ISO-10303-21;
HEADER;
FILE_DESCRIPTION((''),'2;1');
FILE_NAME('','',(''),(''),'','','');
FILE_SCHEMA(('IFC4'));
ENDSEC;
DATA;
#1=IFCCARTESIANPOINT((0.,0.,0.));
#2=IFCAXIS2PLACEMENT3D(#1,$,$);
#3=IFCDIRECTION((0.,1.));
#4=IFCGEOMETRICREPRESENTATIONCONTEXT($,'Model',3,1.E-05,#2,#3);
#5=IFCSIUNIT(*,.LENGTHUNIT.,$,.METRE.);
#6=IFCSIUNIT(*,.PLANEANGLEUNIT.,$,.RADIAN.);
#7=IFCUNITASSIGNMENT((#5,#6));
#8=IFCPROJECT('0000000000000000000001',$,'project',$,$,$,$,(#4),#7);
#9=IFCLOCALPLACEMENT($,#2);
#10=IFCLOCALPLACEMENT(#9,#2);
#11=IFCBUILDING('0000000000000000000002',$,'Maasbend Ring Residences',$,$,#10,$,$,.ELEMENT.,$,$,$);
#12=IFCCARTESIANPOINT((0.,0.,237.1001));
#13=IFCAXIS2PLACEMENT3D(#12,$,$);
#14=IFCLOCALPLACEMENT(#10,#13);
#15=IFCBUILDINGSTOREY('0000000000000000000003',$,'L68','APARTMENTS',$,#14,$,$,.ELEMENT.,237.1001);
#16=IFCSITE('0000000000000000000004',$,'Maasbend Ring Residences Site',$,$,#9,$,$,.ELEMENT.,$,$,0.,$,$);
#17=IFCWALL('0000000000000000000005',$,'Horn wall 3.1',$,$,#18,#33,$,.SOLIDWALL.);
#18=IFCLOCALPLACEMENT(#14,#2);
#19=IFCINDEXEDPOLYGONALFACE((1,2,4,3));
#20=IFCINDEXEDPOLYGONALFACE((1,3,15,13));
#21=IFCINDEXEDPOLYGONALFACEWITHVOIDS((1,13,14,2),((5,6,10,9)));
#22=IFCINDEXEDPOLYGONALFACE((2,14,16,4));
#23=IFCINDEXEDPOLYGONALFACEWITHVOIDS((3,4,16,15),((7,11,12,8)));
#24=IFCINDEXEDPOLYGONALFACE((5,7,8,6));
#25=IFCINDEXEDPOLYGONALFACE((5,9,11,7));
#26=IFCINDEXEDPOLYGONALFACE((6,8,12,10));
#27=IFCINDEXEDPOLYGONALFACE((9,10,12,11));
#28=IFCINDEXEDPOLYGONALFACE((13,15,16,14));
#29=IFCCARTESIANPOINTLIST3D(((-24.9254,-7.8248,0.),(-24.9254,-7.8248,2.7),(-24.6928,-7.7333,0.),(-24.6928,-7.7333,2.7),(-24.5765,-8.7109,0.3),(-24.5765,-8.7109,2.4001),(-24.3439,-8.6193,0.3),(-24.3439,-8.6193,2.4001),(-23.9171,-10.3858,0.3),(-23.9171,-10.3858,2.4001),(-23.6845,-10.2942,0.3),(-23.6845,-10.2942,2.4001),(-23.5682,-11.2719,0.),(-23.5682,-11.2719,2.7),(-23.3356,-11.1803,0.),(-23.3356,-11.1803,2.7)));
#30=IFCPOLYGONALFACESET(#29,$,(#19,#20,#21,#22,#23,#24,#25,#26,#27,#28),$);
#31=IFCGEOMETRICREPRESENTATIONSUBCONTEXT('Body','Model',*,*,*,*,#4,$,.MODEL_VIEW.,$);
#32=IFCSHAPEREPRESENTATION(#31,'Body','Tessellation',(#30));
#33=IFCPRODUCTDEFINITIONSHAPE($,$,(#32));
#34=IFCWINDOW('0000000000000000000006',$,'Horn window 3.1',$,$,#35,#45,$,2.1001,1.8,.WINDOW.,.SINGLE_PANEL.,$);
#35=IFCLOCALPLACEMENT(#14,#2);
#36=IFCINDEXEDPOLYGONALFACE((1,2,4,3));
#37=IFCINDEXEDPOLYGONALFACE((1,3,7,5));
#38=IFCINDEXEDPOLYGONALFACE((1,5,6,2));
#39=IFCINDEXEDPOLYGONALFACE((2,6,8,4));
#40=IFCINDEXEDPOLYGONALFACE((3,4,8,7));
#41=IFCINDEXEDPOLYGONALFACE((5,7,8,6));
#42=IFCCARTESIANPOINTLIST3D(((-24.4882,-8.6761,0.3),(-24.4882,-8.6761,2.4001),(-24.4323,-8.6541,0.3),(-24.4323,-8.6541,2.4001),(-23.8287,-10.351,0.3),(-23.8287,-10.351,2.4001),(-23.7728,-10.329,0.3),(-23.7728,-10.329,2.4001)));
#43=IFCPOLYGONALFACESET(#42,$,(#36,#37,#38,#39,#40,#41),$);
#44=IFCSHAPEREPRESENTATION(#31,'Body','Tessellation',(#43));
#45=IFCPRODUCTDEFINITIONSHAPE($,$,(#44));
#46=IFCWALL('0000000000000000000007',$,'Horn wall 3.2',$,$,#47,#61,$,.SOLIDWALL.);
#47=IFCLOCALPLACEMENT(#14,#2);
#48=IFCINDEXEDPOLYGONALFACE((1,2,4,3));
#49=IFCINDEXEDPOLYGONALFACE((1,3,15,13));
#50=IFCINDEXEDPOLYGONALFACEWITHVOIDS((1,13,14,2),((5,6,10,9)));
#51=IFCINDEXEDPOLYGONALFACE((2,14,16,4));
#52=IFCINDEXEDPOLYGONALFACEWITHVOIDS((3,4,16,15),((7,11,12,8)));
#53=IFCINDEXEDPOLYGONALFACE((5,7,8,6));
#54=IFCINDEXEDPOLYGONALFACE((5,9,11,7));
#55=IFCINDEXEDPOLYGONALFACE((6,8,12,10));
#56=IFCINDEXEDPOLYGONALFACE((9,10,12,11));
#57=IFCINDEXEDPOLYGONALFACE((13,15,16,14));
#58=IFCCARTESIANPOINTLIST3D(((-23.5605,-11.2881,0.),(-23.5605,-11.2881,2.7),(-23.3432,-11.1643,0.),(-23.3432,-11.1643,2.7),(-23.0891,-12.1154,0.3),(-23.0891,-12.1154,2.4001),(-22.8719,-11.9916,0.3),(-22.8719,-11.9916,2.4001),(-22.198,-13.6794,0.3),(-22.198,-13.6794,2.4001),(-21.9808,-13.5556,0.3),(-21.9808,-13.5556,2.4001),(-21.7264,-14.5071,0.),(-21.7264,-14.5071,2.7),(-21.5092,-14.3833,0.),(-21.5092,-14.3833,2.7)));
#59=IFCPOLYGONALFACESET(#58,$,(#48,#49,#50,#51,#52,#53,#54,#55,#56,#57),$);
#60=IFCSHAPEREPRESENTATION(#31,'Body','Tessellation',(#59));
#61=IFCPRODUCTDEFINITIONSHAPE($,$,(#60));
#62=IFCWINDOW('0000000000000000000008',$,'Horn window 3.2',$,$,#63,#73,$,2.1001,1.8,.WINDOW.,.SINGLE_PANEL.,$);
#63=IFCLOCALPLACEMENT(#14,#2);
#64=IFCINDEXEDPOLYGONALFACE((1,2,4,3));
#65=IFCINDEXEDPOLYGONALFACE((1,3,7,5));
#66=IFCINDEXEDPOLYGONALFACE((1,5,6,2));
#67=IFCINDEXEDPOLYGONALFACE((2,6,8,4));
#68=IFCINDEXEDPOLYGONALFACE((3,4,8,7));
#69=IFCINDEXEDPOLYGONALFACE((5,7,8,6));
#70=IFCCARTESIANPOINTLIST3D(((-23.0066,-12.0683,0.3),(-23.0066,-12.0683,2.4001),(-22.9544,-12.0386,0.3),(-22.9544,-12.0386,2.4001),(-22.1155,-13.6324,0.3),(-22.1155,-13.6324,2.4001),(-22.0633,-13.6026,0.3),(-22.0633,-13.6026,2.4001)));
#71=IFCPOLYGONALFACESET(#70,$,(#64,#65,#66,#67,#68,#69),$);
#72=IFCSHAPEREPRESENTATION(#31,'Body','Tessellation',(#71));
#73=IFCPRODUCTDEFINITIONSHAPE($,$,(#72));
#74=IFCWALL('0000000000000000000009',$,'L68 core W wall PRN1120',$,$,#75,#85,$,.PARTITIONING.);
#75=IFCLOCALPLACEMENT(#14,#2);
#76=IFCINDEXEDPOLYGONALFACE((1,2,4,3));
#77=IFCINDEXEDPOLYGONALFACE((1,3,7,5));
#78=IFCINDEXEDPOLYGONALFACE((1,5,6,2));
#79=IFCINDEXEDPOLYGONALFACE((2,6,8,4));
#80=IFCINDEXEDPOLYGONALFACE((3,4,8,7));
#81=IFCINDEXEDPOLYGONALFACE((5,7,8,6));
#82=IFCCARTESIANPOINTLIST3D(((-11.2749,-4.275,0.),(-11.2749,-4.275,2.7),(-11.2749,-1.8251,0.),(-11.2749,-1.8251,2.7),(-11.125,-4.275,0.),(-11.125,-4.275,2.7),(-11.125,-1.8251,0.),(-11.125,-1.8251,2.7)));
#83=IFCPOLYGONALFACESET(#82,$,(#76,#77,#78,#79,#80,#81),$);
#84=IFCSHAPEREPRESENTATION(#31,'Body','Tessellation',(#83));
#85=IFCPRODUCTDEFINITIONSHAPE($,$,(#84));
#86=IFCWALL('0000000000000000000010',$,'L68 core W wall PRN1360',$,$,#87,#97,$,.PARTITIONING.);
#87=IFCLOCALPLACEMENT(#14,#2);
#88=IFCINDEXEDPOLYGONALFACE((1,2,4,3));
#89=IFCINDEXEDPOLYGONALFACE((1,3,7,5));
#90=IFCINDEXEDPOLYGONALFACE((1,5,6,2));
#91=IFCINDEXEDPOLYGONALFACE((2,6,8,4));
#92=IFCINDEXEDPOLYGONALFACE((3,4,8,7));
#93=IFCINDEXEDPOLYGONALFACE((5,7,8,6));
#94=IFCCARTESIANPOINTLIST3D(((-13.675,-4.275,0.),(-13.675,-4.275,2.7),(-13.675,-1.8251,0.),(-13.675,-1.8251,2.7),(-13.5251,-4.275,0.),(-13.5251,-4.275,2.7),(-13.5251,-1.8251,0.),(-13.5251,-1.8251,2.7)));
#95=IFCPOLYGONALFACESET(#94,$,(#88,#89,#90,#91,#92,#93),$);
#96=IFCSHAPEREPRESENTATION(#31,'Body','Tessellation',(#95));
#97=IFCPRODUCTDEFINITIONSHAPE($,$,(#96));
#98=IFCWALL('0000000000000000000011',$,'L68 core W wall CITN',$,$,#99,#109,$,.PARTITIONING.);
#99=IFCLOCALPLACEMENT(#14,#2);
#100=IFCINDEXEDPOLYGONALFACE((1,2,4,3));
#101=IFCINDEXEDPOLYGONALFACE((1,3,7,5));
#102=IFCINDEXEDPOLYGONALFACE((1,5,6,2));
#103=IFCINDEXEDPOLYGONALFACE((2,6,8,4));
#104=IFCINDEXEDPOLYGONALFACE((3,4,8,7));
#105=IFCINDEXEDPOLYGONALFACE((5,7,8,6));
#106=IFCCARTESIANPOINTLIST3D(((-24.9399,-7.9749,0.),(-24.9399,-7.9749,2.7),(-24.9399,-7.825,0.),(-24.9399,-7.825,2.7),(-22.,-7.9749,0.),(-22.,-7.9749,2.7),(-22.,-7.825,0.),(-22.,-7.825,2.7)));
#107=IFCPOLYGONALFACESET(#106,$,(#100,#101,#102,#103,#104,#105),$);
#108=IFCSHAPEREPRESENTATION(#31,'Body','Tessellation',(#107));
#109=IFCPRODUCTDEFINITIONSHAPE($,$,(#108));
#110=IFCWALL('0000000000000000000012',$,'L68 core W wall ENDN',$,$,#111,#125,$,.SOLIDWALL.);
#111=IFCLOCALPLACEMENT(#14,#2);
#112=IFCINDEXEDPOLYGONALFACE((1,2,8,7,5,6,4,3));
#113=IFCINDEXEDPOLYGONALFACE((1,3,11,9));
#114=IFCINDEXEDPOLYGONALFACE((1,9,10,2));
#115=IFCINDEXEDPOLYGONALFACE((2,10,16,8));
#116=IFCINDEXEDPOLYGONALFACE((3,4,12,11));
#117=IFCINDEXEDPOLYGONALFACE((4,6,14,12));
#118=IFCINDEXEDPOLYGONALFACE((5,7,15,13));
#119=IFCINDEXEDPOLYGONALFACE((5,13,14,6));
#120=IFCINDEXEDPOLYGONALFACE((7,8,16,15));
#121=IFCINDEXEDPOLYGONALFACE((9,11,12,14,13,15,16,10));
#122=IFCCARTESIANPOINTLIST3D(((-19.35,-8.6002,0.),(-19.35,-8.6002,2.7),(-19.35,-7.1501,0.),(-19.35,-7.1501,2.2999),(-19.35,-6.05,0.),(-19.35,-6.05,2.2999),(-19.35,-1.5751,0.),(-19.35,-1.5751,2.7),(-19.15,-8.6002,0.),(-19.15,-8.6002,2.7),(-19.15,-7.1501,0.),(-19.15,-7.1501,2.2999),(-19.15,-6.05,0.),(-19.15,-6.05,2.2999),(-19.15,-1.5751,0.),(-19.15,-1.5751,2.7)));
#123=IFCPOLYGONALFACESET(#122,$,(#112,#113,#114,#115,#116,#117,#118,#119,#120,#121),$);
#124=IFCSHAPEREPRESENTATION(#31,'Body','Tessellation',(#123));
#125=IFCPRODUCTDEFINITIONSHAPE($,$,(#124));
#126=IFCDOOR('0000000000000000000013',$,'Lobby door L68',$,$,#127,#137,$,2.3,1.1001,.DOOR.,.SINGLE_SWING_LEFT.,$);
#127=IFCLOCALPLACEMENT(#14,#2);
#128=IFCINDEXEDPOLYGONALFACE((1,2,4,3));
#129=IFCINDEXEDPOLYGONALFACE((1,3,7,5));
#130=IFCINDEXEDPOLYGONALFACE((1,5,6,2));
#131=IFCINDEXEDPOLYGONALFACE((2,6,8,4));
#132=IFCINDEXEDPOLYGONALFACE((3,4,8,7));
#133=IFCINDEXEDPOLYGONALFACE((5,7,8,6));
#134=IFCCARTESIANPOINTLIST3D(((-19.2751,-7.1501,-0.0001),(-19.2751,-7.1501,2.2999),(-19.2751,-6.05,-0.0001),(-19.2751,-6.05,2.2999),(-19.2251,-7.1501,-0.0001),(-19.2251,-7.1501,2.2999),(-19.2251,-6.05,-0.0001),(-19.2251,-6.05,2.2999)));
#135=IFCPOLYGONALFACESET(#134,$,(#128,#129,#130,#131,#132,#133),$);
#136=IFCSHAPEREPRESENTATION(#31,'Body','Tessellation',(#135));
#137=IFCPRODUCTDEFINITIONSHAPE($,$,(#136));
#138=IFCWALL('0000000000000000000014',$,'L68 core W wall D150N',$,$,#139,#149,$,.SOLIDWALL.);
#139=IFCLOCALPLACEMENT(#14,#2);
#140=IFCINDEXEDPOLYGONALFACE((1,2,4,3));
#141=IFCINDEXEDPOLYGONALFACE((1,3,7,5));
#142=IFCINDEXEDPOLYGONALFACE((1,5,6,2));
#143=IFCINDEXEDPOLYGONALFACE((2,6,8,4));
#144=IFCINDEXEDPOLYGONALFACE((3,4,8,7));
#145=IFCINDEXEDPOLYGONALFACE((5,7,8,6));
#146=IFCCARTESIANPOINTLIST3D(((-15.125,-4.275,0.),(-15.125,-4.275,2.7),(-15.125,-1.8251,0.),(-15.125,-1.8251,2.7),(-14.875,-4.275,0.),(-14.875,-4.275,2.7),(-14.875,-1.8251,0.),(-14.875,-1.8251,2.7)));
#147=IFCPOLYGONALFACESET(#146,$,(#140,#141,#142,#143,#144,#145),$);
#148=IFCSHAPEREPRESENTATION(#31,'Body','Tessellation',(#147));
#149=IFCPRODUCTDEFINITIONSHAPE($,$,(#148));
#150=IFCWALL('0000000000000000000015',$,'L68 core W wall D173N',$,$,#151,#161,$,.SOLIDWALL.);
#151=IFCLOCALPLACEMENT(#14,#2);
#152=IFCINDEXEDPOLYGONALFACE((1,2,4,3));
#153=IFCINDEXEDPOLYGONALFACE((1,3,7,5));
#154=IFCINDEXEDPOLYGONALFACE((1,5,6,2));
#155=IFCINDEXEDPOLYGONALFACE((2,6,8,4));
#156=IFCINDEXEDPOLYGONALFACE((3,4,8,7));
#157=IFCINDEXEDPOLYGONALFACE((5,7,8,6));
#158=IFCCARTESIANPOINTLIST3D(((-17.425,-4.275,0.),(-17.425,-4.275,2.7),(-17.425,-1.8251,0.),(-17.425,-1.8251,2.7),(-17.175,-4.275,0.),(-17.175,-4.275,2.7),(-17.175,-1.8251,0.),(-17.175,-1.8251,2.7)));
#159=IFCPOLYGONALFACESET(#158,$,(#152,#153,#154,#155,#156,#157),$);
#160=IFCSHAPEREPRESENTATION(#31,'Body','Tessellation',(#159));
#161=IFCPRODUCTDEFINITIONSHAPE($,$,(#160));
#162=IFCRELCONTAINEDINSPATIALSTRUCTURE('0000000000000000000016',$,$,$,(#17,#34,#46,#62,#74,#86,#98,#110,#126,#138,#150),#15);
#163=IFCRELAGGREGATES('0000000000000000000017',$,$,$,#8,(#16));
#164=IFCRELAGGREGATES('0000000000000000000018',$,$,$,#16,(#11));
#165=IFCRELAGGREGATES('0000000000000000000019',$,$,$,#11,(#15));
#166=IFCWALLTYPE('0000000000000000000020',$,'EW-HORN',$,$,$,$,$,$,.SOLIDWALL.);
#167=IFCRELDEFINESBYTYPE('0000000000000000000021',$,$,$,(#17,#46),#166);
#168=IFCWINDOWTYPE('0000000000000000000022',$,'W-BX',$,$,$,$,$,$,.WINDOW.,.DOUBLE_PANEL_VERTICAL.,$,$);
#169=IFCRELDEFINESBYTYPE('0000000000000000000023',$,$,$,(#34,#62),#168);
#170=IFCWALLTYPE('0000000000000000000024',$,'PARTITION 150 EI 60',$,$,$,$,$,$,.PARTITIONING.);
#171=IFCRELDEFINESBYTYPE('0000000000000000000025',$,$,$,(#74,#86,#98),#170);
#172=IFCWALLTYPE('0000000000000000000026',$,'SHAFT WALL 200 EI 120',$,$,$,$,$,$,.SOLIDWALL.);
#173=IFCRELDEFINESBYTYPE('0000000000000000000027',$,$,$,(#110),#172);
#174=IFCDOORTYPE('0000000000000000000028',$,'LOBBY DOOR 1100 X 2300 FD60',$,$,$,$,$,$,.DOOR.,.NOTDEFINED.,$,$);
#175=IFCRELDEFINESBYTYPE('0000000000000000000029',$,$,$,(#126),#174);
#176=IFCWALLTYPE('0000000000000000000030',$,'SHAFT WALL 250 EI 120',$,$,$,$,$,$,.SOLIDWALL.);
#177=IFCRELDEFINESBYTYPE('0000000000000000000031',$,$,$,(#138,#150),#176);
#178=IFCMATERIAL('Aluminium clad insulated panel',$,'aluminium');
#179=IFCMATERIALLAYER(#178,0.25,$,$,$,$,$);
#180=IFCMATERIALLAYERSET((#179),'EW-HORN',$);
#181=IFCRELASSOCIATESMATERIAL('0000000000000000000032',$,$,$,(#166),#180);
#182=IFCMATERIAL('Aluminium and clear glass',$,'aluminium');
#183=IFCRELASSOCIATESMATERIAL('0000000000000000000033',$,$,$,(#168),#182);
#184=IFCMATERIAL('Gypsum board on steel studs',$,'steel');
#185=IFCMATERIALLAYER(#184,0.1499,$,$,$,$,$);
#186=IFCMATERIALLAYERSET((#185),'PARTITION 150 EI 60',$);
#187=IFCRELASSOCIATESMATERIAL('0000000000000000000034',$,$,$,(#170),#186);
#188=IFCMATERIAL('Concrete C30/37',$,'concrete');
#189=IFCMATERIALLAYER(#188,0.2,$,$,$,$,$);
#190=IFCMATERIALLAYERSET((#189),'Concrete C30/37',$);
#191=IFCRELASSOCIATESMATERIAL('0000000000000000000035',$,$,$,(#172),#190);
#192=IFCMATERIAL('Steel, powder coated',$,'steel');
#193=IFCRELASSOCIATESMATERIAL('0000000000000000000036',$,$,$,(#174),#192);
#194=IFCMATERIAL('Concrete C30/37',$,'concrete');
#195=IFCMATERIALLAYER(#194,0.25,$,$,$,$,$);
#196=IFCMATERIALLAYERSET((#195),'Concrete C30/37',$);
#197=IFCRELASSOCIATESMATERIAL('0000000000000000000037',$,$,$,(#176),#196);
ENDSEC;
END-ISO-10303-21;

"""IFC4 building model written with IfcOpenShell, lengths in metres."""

from ifc_helpers import new_model, si_unit, direction, frame, frame_2d, origin, place, context, subcontext, project, spatial, rectangle, extrude, material, layer, layer_set, type_object, element, fill, save


model = new_model("IFC4")

# Units and contexts
model_context = context("Model", 3, precision=1e-05, world=origin(), true_north=direction((0.0, 1.0)))
body_context = subcontext(model_context, "Body", "Model", "MODEL_VIEW")
ifc_project = project(units=[si_unit("LENGTHUNIT", "METRE"), si_unit("PLANEANGLEUNIT", "RADIAN")], contexts=[model_context])

# Site, building, storey
site_placement = place(None, origin())
site = spatial("IfcSite", under=ifc_project, at=site_placement, Name="Maasbend Ring Residences Site", CompositionType="ELEMENT", RefElevation=0.0)
building_placement = place(site_placement, origin())
building = spatial("IfcBuilding", under=site, at=building_placement, Name="Maasbend Ring Residences", CompositionType="ELEMENT")
storey_placement = place(building_placement, frame((0.0, 0.0, 237.1001)))
storey = spatial("IfcBuildingStorey", under=building, at=storey_placement, Name="L68", Description="APARTMENTS", CompositionType="ELEMENT", Elevation=237.1001)

# Walls, openings, windows
ifc_material_1 = material(Name="Aluminium clad insulated panel", Category="aluminium")
ifc_layer_1 = layer(ifc_material_1, 0.25)
ifc_layer_set_1 = layer_set([ifc_layer_1], Name="EW-HORN")
wall_type_1 = type_object("IfcWallType", Name="EW-HORN", PredefinedType="SOLIDWALL", material=ifc_layer_set_1)
wall_1_placement = place(storey_placement, frame((-24.8091, -7.7791, 0.0), z_axis=(0.0, 0.0, 1.0), x_axis=(0.366352, -0.930476, 0.0)))
wall_1 = element("IfcWall", 1, at=wall_1_placement, inside=storey, type_object=wall_type_1, Name="Horn wall 3.1", PredefinedType="SOLIDWALL", context=body_context, shape_type="SweptSolid", body=[
    extrude(rectangle(XDim=3.7046, YDim=0.25, at=frame_2d((1.8523, 0.0))), origin(), (0.0, 0.0, 1.0), 2.7),
])
opening_1_placement = place(wall_1_placement, frame((0.9524, 0.0, 0.3)))
opening_1 = element("IfcOpeningElement", 2, at=opening_1_placement, cuts=wall_1, PredefinedType="OPENING", context=body_context, shape_type="SweptSolid", body=[
    extrude(rectangle(XDim=1.8, YDim=2.1001, at=frame_2d((0.8999, 1.05))), frame((0.0, 0.135, 0.0), z_axis=(0.0, -1.0, 0.0), x_axis=(1.0, 0.0, 0.0)), (0.0, 0.0, 1.0), 0.27),
])
ifc_material_2 = material(Name="Aluminium and clear glass", Category="aluminium")
window_type = type_object("IfcWindowType", Name="W-BX", PartitioningType="DOUBLE_PANEL_VERTICAL", PredefinedType="WINDOW", material=ifc_material_2)
window_1_placement = place(opening_1_placement, origin())
window_1 = element("IfcWindow", 3, at=window_1_placement, inside=storey, type_object=window_type, Name="Horn window 3.1", OverallHeight=2.1001, OverallWidth=1.8, PartitioningType="SINGLE_PANEL", PredefinedType="WINDOW", context=body_context, shape_type="SweptSolid", body=[
    extrude(rectangle(XDim=1.8, YDim=2.1001, at=frame_2d((0.8999, 1.05))), frame((0.0, 0.03, 0.0), z_axis=(0.0, -1.0, 0.0), x_axis=(1.0, 0.0, 0.0)), (0.0, 0.0, 1.0), 0.0601),
])
fill(opening_1, window_1)
wall_2_placement = place(storey_placement, frame((-23.4519, -11.2261, 0.0), z_axis=(0.0, 0.0, 1.0), x_axis=(0.495031, -0.868875, 0.0)))
wall_2 = element("IfcWall", 4, at=wall_2_placement, inside=storey, type_object=wall_type_1, Name="Horn wall 3.2", PredefinedType="SOLIDWALL", context=body_context, shape_type="SweptSolid", body=[
    extrude(rectangle(XDim=3.7048, YDim=0.25, at=frame_2d((1.8525, 0.0))), origin(), (0.0, 0.0, 1.0), 2.7),
])
opening_2_placement = place(wall_2_placement, frame((0.9524, 0.0, 0.3)))
opening_2 = element("IfcOpeningElement", 5, at=opening_2_placement, cuts=wall_2, PredefinedType="OPENING", context=body_context, shape_type="SweptSolid", body=[
    extrude(rectangle(XDim=1.8, YDim=2.1001, at=frame_2d((0.8999, 1.05))), frame((0.0, 0.135, 0.0), z_axis=(0.0, -1.0, 0.0), x_axis=(1.0, 0.0, 0.0)), (0.0, 0.0, 1.0), 0.27),
])
window_2_placement = place(opening_2_placement, origin())
window_2 = element("IfcWindow", 6, at=window_2_placement, inside=storey, type_object=window_type, Name="Horn window 3.2", OverallHeight=2.1001, OverallWidth=1.8, PartitioningType="SINGLE_PANEL", PredefinedType="WINDOW", context=body_context, shape_type="SweptSolid", body=[
    extrude(rectangle(XDim=1.8, YDim=2.1001, at=frame_2d((0.8999, 1.05))), frame((0.0, 0.03, 0.0), z_axis=(0.0, -1.0, 0.0), x_axis=(1.0, 0.0, 0.0)), (0.0, 0.0, 1.0), 0.0601),
])
fill(opening_2, window_2)

# Walls
ifc_material_3 = material(Name="Gypsum board on steel studs", Category="steel")
ifc_layer_2 = layer(ifc_material_3, 0.1499)
ifc_layer_set_2 = layer_set([ifc_layer_2], Name="PARTITION 150 EI 60")
wall_type_2 = type_object("IfcWallType", Name="PARTITION 150 EI 60", PredefinedType="PARTITIONING", material=ifc_layer_set_2)
for number, where, z_axis, x_axis, name in (
    (7, (-11.2, -1.825, 0.0), (0.0, 0.0, 1.0), (0.0, -1.0, 0.0), "L68 core W wall PRN1120"),
    (8, (-13.6001, -1.825, 0.0), (0.0, 0.0, 1.0), (0.0, -1.0, 0.0), "L68 core W wall PRN1360"),
):
    element("IfcWall", number, at=place(storey_placement, frame(where, z_axis=z_axis, x_axis=x_axis)), inside=storey, type_object=wall_type_2, Name=name, PredefinedType="PARTITIONING", context=body_context, shape_type="SweptSolid", body=[
        extrude(rectangle(XDim=2.45, YDim=0.1499, at=frame_2d((1.2251, 0.0))), origin(), (0.0, 0.0, 1.0), 2.7),
    ])
wall_3_placement = place(storey_placement, frame((-22.0, -7.8999, 0.0), z_axis=(0.0, 0.0, 1.0), x_axis=(-1.0, 0.0, 0.0)))
element("IfcWall", 9, at=wall_3_placement, inside=storey, type_object=wall_type_2, Name="L68 core W wall CITN", PredefinedType="PARTITIONING", context=body_context, shape_type="SweptSolid", body=[
    extrude(rectangle(XDim=2.9399, YDim=0.1499, at=frame_2d((1.47, 0.0))), origin(), (0.0, 0.0, 1.0), 2.7),
])

# Wall, opening, door
ifc_material_4 = material(Name="Concrete C30/37", Category="concrete")
ifc_layer_3 = layer(ifc_material_4, 0.2)
ifc_layer_set_3 = layer_set([ifc_layer_3], Name="Concrete C30/37")
wall_type_3 = type_object("IfcWallType", Name="SHAFT WALL 200 EI 120", PredefinedType="SOLIDWALL", material=ifc_layer_set_3)
wall_4_placement = place(storey_placement, frame((-19.25, -1.575, 0.0), z_axis=(0.0, 0.0, 1.0), x_axis=(0.0, -1.0, 0.0)))
wall_4 = element("IfcWall", 10, at=wall_4_placement, inside=storey, type_object=wall_type_3, Name="L68 core W wall ENDN", PredefinedType="SOLIDWALL", context=body_context, shape_type="SweptSolid", body=[
    extrude(rectangle(XDim=7.0251, YDim=0.2, at=frame_2d((3.5127, 0.0))), origin(), (0.0, 0.0, 1.0), 2.7),
])
opening_3_placement = place(wall_4_placement, frame((4.4751, 0.0, 0.0)))
opening_3 = element("IfcOpeningElement", 11, at=opening_3_placement, cuts=wall_4, PredefinedType="OPENING", context=body_context, shape_type="SweptSolid", body=[
    extrude(rectangle(XDim=1.1001, YDim=2.3, at=frame_2d((0.55, 1.1499))), frame((0.0, 0.1099, 0.0), z_axis=(0.0, -1.0, 0.0), x_axis=(1.0, 0.0, 0.0)), (0.0, 0.0, 1.0), 0.22),
])
ifc_material_5 = material(Name="Steel, powder coated", Category="steel")
door_type_1 = type_object("IfcDoorType", Name="LOBBY DOOR 1100 X 2300 FD60", OperationType="NOTDEFINED", PredefinedType="DOOR", material=ifc_material_5)
door_1_placement = place(opening_3_placement, origin())
door_1 = element("IfcDoor", 12, at=door_1_placement, inside=storey, type_object=door_type_1, Name="Lobby door L68", OperationType="SINGLE_SWING_LEFT", OverallHeight=2.3, OverallWidth=1.1001, PredefinedType="DOOR", context=body_context, shape_type="SweptSolid", body=[
    extrude(rectangle(XDim=1.1001, YDim=2.3, at=frame_2d((0.55, 1.1499))), frame((0.0, 0.0249, 0.0), z_axis=(0.0, -1.0, 0.0), x_axis=(1.0, 0.0, 0.0)), (0.0, 0.0, 1.0), 0.05),
])
fill(opening_3, door_1)

# Walls
ifc_material_6 = material(Name="Concrete C30/37", Category="concrete")
ifc_layer_4 = layer(ifc_material_6, 0.25)
ifc_layer_set_4 = layer_set([ifc_layer_4], Name="Concrete C30/37")
wall_type_4 = type_object("IfcWallType", Name="SHAFT WALL 250 EI 120", PredefinedType="SOLIDWALL", material=ifc_layer_set_4)
for number, where, z_axis, x_axis, name in (
    (13, (-15.0, -1.825, 0.0), (0.0, 0.0, 1.0), (0.0, -1.0, 0.0), "L68 core W wall D150N"),
    (14, (-17.3, -1.825, 0.0), (0.0, 0.0, 1.0), (0.0, -1.0, 0.0), "L68 core W wall D173N"),
):
    element("IfcWall", number, at=place(storey_placement, frame(where, z_axis=z_axis, x_axis=x_axis)), inside=storey, type_object=wall_type_4, Name=name, PredefinedType="SOLIDWALL", context=body_context, shape_type="SweptSolid", body=[
        extrude(rectangle(XDim=2.45, YDim=0.25, at=frame_2d((1.2251, 0.0))), origin(), (0.0, 0.0, 1.0), 2.7),
    ])

save(model, "model.ifc")
